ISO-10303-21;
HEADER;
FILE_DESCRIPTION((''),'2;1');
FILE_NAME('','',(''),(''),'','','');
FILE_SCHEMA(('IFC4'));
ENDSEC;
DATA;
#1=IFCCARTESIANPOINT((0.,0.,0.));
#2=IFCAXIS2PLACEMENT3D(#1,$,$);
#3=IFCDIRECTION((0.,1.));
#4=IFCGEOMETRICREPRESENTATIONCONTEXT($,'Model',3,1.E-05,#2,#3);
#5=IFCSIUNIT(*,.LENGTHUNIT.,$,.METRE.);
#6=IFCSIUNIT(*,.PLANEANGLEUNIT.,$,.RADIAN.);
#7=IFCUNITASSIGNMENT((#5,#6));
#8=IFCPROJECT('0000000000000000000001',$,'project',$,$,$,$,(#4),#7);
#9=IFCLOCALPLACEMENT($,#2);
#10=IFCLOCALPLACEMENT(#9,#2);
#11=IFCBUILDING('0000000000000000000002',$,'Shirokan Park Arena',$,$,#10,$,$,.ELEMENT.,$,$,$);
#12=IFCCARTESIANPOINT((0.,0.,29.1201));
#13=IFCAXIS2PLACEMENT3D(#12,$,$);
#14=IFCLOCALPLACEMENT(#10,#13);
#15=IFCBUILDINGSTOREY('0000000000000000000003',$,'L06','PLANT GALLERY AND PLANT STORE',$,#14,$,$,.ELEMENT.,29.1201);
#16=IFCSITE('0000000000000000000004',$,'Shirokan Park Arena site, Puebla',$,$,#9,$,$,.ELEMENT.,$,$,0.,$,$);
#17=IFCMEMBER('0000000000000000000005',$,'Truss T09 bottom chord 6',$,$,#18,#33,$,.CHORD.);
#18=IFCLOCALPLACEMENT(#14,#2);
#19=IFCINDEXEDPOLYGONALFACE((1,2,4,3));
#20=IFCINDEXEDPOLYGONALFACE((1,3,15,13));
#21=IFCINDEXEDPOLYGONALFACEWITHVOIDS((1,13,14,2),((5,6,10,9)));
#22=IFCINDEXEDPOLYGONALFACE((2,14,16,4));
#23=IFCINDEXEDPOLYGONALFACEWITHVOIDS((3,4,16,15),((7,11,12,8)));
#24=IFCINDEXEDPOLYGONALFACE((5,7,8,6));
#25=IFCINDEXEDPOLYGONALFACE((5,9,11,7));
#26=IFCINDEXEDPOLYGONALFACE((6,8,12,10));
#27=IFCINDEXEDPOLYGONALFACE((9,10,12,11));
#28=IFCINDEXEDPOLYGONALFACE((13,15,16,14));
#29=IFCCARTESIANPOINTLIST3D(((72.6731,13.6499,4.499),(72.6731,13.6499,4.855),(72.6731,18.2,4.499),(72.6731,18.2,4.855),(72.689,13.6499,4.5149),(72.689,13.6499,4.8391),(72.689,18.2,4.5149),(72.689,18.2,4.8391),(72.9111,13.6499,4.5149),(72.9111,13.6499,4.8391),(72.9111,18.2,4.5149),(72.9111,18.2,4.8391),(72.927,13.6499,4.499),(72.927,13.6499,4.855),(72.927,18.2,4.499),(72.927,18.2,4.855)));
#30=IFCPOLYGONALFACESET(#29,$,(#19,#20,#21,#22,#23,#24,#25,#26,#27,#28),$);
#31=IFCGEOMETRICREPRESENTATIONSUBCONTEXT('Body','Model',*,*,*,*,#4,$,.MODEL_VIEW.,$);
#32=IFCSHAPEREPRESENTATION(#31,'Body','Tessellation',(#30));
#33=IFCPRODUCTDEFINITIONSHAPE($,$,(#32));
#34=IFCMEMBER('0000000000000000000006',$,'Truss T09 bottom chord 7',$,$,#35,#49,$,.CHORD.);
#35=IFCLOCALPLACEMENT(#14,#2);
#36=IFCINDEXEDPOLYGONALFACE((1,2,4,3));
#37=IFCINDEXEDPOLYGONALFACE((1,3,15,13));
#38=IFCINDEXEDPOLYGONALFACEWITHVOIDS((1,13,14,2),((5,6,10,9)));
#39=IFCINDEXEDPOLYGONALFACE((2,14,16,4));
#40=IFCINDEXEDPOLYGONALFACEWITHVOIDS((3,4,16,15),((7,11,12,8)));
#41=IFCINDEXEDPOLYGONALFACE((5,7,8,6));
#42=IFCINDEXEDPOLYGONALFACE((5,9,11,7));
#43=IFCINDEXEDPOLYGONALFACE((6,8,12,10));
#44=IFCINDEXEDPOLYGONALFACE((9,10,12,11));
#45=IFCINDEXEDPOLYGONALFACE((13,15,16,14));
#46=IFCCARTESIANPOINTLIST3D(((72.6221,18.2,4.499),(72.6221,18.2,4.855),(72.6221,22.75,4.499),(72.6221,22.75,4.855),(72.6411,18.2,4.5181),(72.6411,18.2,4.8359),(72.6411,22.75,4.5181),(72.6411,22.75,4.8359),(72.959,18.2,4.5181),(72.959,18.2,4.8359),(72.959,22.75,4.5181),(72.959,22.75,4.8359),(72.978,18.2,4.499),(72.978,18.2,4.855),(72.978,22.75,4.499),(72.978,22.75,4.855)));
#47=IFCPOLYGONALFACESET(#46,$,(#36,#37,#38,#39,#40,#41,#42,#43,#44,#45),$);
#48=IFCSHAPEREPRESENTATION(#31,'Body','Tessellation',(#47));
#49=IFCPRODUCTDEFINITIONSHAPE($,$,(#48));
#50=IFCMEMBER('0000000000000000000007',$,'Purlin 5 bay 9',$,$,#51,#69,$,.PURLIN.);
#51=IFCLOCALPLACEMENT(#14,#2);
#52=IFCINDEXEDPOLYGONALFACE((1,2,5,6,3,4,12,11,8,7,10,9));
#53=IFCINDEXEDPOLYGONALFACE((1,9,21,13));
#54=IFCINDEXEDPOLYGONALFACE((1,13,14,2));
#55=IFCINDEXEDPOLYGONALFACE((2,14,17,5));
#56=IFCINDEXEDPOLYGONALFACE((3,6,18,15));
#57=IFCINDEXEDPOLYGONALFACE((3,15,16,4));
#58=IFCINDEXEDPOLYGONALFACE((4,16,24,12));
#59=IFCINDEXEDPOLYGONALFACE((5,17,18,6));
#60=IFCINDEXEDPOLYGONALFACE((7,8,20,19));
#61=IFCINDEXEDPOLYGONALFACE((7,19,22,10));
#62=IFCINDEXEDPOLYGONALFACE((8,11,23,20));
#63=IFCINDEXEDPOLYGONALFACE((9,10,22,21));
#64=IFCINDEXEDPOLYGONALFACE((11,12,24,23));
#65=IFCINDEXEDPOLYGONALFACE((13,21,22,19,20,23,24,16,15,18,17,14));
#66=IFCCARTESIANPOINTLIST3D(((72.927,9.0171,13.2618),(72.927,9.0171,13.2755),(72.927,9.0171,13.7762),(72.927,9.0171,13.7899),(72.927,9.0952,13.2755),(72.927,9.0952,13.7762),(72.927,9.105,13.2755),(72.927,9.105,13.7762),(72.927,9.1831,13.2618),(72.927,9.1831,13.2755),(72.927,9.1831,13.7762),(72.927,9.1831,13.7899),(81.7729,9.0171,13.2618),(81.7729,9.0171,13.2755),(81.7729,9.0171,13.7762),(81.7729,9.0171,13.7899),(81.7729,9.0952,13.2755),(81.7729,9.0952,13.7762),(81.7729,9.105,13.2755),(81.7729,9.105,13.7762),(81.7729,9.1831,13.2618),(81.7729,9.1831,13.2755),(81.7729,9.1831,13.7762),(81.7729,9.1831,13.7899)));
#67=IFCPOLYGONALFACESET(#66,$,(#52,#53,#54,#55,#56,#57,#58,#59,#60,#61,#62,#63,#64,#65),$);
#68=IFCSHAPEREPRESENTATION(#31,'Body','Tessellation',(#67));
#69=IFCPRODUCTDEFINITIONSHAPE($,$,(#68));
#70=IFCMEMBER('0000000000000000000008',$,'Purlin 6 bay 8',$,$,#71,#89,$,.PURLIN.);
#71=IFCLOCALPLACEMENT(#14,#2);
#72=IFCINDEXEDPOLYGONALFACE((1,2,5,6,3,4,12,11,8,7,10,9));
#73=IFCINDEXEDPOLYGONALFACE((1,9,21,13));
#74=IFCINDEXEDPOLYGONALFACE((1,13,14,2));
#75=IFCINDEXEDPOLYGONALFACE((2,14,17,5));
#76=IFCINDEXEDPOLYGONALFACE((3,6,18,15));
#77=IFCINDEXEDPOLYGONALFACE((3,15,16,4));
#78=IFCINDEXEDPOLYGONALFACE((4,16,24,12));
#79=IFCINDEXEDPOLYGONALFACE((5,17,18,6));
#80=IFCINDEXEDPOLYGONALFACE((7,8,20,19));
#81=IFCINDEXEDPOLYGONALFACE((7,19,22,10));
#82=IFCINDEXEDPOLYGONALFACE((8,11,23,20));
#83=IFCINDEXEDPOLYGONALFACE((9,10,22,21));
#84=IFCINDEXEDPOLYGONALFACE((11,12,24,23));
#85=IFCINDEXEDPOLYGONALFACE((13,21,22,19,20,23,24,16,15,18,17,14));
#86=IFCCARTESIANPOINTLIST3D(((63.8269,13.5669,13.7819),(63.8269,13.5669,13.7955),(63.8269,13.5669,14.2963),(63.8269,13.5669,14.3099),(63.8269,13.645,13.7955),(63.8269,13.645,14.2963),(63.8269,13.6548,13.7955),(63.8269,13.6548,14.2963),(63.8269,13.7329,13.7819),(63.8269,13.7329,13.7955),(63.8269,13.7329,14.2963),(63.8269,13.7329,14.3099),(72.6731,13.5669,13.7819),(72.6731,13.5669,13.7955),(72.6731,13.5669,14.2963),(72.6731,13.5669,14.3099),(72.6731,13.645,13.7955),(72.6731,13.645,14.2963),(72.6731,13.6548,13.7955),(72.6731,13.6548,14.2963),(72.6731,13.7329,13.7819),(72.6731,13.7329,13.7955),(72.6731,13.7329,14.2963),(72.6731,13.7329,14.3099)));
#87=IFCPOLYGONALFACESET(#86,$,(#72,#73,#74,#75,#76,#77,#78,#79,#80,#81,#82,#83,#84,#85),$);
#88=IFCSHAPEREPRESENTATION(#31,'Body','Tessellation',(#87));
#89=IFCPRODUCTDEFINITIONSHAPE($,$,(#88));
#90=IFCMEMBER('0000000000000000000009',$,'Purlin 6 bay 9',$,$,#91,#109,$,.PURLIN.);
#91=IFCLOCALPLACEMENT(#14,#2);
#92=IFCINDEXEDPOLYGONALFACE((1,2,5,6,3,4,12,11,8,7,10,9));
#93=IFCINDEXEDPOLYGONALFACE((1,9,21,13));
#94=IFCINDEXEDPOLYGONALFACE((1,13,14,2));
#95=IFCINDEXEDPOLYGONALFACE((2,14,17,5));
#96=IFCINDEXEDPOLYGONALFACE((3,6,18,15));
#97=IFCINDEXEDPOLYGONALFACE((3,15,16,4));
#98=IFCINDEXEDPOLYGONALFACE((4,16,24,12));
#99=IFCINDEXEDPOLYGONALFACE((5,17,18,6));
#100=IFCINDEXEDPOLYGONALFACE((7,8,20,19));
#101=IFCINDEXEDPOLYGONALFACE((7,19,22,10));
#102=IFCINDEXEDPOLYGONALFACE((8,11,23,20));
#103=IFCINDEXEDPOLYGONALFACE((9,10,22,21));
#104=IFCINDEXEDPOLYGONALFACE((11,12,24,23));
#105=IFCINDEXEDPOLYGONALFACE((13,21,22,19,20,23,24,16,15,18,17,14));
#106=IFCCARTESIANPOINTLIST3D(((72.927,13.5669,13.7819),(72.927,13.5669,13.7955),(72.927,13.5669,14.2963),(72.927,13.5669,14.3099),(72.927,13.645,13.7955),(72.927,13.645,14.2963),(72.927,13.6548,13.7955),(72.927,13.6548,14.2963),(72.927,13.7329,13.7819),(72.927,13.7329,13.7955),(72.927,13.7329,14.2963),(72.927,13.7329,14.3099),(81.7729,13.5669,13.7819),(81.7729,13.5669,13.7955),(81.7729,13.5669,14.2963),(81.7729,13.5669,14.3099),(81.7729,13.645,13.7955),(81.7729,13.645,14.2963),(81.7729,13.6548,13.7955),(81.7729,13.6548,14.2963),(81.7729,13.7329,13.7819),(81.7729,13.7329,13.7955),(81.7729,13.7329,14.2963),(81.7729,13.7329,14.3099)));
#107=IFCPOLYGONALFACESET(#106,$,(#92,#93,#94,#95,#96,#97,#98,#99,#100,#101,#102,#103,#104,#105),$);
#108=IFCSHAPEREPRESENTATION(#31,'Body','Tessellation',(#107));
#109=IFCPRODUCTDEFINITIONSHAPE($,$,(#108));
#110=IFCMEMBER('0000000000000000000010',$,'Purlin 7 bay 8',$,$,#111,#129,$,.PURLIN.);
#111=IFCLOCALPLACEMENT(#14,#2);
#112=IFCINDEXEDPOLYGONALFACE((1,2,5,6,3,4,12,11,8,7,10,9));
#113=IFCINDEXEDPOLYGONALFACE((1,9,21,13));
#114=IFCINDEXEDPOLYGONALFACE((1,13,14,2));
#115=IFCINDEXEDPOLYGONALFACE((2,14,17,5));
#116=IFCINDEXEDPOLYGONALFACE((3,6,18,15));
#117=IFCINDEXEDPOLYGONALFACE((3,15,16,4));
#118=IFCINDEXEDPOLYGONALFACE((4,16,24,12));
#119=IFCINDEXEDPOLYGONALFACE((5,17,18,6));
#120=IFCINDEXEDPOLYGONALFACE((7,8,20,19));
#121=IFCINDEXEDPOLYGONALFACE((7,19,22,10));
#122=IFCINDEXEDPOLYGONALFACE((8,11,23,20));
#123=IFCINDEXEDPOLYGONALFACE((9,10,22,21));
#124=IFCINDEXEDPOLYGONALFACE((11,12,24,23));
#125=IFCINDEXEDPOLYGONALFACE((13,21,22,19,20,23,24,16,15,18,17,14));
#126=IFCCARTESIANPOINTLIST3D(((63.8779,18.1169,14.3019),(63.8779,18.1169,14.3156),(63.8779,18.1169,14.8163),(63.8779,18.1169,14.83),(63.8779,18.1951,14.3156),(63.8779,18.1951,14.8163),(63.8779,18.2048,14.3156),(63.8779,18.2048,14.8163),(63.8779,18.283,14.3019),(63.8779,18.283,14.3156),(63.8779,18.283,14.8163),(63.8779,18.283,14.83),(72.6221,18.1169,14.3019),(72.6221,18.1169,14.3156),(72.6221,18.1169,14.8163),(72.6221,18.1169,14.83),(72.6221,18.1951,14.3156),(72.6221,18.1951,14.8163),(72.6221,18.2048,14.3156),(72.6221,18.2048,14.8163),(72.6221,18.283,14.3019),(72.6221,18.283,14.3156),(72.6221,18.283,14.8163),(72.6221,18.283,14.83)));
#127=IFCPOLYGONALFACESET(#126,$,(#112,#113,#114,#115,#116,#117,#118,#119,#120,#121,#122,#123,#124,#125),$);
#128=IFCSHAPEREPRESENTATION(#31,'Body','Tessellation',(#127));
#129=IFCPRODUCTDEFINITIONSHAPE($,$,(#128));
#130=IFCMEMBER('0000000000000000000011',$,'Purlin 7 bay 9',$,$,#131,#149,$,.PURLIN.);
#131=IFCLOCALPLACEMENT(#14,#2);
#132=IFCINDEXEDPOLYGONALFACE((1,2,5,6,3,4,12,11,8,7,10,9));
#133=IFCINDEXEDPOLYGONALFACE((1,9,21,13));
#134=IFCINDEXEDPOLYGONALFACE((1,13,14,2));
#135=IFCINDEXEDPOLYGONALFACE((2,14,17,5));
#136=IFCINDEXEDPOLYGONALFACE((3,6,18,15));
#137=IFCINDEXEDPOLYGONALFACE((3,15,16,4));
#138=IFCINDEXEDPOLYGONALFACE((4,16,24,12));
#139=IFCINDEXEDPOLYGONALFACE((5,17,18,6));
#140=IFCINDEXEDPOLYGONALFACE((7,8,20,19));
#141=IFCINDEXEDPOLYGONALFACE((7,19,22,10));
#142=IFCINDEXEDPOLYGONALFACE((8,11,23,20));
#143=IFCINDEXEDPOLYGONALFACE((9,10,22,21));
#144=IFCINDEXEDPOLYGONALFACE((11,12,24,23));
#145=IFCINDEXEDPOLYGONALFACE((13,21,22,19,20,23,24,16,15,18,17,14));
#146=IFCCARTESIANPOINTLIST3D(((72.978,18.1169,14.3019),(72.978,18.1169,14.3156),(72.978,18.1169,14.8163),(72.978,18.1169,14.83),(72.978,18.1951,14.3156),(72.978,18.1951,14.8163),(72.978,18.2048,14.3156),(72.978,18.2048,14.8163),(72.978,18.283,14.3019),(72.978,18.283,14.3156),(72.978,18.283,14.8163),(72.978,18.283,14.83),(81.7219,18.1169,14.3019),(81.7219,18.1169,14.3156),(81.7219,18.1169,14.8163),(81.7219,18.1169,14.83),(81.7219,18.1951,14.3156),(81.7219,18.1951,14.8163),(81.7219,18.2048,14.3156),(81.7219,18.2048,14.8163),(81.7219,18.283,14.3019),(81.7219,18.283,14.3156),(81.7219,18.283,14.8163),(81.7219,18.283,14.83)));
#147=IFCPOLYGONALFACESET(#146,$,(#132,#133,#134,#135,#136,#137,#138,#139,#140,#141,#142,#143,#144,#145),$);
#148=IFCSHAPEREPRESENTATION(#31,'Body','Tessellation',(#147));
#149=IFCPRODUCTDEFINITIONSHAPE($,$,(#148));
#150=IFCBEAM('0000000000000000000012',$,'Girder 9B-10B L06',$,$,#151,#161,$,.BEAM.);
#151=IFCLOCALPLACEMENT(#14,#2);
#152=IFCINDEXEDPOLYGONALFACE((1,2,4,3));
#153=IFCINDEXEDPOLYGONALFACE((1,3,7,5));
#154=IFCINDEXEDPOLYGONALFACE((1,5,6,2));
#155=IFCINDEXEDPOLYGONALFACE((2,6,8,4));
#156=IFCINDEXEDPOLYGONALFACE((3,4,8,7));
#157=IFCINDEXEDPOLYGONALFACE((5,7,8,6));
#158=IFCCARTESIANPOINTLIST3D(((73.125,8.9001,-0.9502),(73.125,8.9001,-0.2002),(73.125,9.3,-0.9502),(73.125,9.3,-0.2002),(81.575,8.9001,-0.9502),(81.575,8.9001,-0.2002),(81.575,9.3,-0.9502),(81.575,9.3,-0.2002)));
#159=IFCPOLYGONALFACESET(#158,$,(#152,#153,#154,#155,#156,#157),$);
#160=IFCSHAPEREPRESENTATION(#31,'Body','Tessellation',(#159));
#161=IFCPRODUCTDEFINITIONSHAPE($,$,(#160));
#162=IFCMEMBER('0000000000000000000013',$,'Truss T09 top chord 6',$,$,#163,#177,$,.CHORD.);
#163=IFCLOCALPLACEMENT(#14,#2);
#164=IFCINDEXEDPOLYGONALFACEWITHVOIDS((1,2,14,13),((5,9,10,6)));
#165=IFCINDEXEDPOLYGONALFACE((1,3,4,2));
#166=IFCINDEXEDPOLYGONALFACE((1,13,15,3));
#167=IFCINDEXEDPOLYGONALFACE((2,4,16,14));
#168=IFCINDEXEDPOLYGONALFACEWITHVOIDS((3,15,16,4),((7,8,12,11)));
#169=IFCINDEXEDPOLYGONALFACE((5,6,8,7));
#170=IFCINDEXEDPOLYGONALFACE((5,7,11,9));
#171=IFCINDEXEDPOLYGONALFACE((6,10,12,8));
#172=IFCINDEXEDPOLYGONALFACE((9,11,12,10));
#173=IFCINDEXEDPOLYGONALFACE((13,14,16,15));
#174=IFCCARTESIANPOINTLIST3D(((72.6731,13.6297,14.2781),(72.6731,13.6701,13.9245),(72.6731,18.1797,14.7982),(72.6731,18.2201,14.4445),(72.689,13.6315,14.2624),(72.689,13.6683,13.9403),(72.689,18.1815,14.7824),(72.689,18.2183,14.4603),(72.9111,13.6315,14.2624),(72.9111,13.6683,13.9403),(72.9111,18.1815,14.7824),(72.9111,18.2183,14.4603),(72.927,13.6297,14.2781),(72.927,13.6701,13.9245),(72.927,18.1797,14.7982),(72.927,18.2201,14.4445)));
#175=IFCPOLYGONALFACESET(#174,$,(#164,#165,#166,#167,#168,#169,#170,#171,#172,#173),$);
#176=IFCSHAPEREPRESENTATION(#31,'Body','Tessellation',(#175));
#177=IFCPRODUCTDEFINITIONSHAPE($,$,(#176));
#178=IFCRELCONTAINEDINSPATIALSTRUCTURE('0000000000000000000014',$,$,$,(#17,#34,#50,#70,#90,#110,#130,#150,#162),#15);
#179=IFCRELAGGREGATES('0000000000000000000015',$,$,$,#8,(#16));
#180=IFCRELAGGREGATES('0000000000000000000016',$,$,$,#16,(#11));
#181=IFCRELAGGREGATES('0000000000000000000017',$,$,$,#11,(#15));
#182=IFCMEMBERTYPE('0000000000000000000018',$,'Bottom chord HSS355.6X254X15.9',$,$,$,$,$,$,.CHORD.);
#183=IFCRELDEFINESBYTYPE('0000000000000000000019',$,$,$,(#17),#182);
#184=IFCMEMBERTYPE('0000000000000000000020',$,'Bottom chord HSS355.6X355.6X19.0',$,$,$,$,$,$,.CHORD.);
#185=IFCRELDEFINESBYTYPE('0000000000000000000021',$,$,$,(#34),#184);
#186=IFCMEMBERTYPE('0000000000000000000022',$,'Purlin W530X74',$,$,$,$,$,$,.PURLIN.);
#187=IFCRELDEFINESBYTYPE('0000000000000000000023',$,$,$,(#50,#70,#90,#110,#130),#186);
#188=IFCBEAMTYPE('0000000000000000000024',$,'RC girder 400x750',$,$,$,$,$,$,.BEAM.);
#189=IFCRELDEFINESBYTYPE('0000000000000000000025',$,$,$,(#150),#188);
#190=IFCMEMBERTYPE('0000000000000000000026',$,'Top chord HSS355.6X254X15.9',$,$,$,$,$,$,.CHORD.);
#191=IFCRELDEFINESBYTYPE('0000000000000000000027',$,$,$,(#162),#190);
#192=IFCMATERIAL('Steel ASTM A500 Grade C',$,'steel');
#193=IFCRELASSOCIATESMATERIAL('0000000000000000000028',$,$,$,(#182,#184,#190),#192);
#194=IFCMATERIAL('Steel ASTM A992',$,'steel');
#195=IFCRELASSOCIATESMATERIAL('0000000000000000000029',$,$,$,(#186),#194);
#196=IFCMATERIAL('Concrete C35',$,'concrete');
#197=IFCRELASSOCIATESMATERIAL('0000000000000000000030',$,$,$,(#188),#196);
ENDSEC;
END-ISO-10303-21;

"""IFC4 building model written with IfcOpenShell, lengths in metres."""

from ifc_helpers import new_model, si_unit, direction, frame, origin, origin_2d, place, context, subcontext, project, spatial, rectangle, hollow_rectangle, i_section, extrude, material, material_profile, profile_set, type_object, element, save


model = new_model("IFC4")

# Units and contexts
model_context = context("Model", 3, precision=1e-05, world=origin(), true_north=direction((0.0, 1.0)))
body_context = subcontext(model_context, "Body", "Model", "MODEL_VIEW")
ifc_project = project(units=[si_unit("LENGTHUNIT", "METRE"), si_unit("PLANEANGLEUNIT", "RADIAN")], contexts=[model_context])

# Site, building, storey
site_placement = place(None, origin())
site = spatial("IfcSite", under=ifc_project, at=site_placement, Name="Shirokan Park Arena site, Puebla", CompositionType="ELEMENT", RefElevation=0.0)
building_placement = place(site_placement, origin())
building = spatial("IfcBuilding", under=site, at=building_placement, Name="Shirokan Park Arena", CompositionType="ELEMENT")
storey_placement = place(building_placement, frame((0.0, 0.0, 29.1201)))
storey = spatial("IfcBuildingStorey", under=building, at=storey_placement, Name="L06", Description="PLANT GALLERY AND PLANT STORE", CompositionType="ELEMENT", Elevation=29.1201)

# Members
ifc_material_1 = material(Name="Steel ASTM A500 Grade C", Category="steel")
ifc_material_profile_1 = material_profile(ifc_material_1, hollow_rectangle(XDim=0.2539, YDim=0.356, WallThickness=0.0159, at=origin_2d()), Name="HSS355.6X254X15.9")
ifc_profile_set_1 = profile_set([ifc_material_profile_1], Name="Steel ASTM A500 Grade C")
member_type_1 = type_object("IfcMemberType", Name="Bottom chord HSS355.6X254X15.9", PredefinedType="CHORD", material=ifc_profile_set_1)
member_1_placement = place(storey_placement, frame((72.8, 13.6499, 4.677), z_axis=(0.0, 1.0, 0.0), x_axis=(-1.0, 0.0, 0.0)))
element("IfcMember", 1, at=member_1_placement, inside=storey, type_object=member_type_1, Name="Truss T09 bottom chord 6", PredefinedType="CHORD", context=body_context, shape_type="SweptSolid", body=[
    extrude(hollow_rectangle(XDim=0.2539, YDim=0.356, WallThickness=0.0159, at=origin_2d()), origin(), (0.0, 0.0, 1.0), 4.55),
])
ifc_material_profile_2 = material_profile(ifc_material_1, hollow_rectangle(XDim=0.356, YDim=0.356, WallThickness=0.019, at=origin_2d()), Name="HSS355.6X355.6X19.0")
ifc_profile_set_2 = profile_set([ifc_material_profile_2], Name="Steel ASTM A500 Grade C")
member_type_2 = type_object("IfcMemberType", Name="Bottom chord HSS355.6X355.6X19.0", PredefinedType="CHORD", material=ifc_profile_set_2)
member_2_placement = place(storey_placement, frame((72.8, 18.2, 4.677), z_axis=(0.0, 1.0, 0.0), x_axis=(-1.0, 0.0, 0.0)))
element("IfcMember", 2, at=member_2_placement, inside=storey, type_object=member_type_2, Name="Truss T09 bottom chord 7", PredefinedType="CHORD", context=body_context, shape_type="SweptSolid", body=[
    extrude(hollow_rectangle(XDim=0.356, YDim=0.356, WallThickness=0.019, at=origin_2d()), origin(), (0.0, 0.0, 1.0), 4.55),
])
ifc_material_2 = material(Name="Steel ASTM A992", Category="steel")
ifc_material_profile_3 = material_profile(ifc_material_2, i_section(OverallWidth=0.166, OverallDepth=0.5281, WebThickness=0.0098, FlangeThickness=0.0137, at=origin_2d()), Name="W530X74")
ifc_profile_set_3 = profile_set([ifc_material_profile_3], Name="Steel ASTM A992")
member_type_3 = type_object("IfcMemberType", Name="Purlin W530X74", PredefinedType="PURLIN", material=ifc_profile_set_3)
member_3_placement = place(storey_placement, frame((72.927, 9.1001, 13.5259), z_axis=(1.0, 0.0, 0.0), x_axis=(0.0, 1.0, 0.0)))
element("IfcMember", 3, at=member_3_placement, inside=storey, type_object=member_type_3, Name="Purlin 5 bay 9", PredefinedType="PURLIN", context=body_context, shape_type="SweptSolid", body=[
    extrude(i_section(OverallWidth=0.166, OverallDepth=0.5281, WebThickness=0.0098, FlangeThickness=0.0137, at=origin_2d()), origin(), (0.0, 0.0, 1.0), 8.8459),
])
member_4_placement = place(storey_placement, frame((63.8269, 13.6499, 14.0459), z_axis=(1.0, 0.0, 0.0), x_axis=(0.0, 1.0, 0.0)))
element("IfcMember", 4, at=member_4_placement, inside=storey, type_object=member_type_3, Name="Purlin 6 bay 8", PredefinedType="PURLIN", context=body_context, shape_type="SweptSolid", body=[
    extrude(i_section(OverallWidth=0.166, OverallDepth=0.5281, WebThickness=0.0098, FlangeThickness=0.0137, at=origin_2d()), origin(), (0.0, 0.0, 1.0), 8.8462),
])
member_5_placement = place(storey_placement, frame((72.927, 13.6499, 14.0459), z_axis=(1.0, 0.0, 0.0), x_axis=(0.0, 1.0, 0.0)))
element("IfcMember", 5, at=member_5_placement, inside=storey, type_object=member_type_3, Name="Purlin 6 bay 9", PredefinedType="PURLIN", context=body_context, shape_type="SweptSolid", body=[
    extrude(i_section(OverallWidth=0.166, OverallDepth=0.5281, WebThickness=0.0098, FlangeThickness=0.0137, at=origin_2d()), origin(), (0.0, 0.0, 1.0), 8.8459),
])
member_6_placement = place(storey_placement, frame((63.8779, 18.2, 14.5659), z_axis=(1.0, 0.0, 0.0), x_axis=(0.0, 1.0, 0.0)))
element("IfcMember", 6, at=member_6_placement, inside=storey, type_object=member_type_3, Name="Purlin 7 bay 8", PredefinedType="PURLIN", context=body_context, shape_type="SweptSolid", body=[
    extrude(i_section(OverallWidth=0.166, OverallDepth=0.5281, WebThickness=0.0098, FlangeThickness=0.0137, at=origin_2d()), origin(), (0.0, 0.0, 1.0), 8.7441),
])
member_7_placement = place(storey_placement, frame((72.978, 18.2, 14.5659), z_axis=(1.0, 0.0, 0.0), x_axis=(0.0, 1.0, 0.0)))
element("IfcMember", 7, at=member_7_placement, inside=storey, type_object=member_type_3, Name="Purlin 7 bay 9", PredefinedType="PURLIN", context=body_context, shape_type="SweptSolid", body=[
    extrude(i_section(OverallWidth=0.166, OverallDepth=0.5281, WebThickness=0.0098, FlangeThickness=0.0137, at=origin_2d()), origin(), (0.0, 0.0, 1.0), 8.7439),
])

# Beam
ifc_material_3 = material(Name="Concrete C35", Category="concrete")
ifc_material_profile_4 = material_profile(ifc_material_3, rectangle(XDim=0.3999, YDim=0.75, at=origin_2d()), Name="400x750")
ifc_profile_set_4 = profile_set([ifc_material_profile_4], Name="Concrete C35")
beam_type = type_object("IfcBeamType", Name="RC girder 400x750", PredefinedType="BEAM", material=ifc_profile_set_4)
beam_placement = place(storey_placement, frame((73.125, 9.1001, -0.5752), z_axis=(1.0, 0.0, 0.0), x_axis=(0.0, 1.0, 0.0)))
element("IfcBeam", 8, at=beam_placement, inside=storey, type_object=beam_type, Name="Girder 9B-10B L06", PredefinedType="BEAM", context=body_context, shape_type="SweptSolid", body=[
    extrude(rectangle(XDim=0.3999, YDim=0.75, at=origin_2d()), origin(), (0.0, 0.0, 1.0), 8.45),
])

# Member
ifc_material_profile_5 = material_profile(ifc_material_1, hollow_rectangle(XDim=0.2539, YDim=0.356, WallThickness=0.0159, at=origin_2d()), Name="HSS355.6X254X15.9")
ifc_profile_set_5 = profile_set([ifc_material_profile_5], Name="Steel ASTM A500 Grade C")
member_type_4 = type_object("IfcMemberType", Name="Top chord HSS355.6X254X15.9", PredefinedType="CHORD", material=ifc_profile_set_5)
member_8_placement = place(storey_placement, frame((72.8, 13.6499, 14.1013), z_axis=(0.0, 0.993532, 0.11355), x_axis=(-1.0, 0.0, 0.0)))
element("IfcMember", 9, at=member_8_placement, inside=storey, type_object=member_type_4, Name="Truss T09 top chord 6", PredefinedType="CHORD", context=body_context, shape_type="SweptSolid", body=[
    extrude(hollow_rectangle(XDim=0.2539, YDim=0.356, WallThickness=0.0159, at=origin_2d()), origin(), (0.0, 0.0, 1.0), 4.5796),
])

save(model, "model.ifc")
